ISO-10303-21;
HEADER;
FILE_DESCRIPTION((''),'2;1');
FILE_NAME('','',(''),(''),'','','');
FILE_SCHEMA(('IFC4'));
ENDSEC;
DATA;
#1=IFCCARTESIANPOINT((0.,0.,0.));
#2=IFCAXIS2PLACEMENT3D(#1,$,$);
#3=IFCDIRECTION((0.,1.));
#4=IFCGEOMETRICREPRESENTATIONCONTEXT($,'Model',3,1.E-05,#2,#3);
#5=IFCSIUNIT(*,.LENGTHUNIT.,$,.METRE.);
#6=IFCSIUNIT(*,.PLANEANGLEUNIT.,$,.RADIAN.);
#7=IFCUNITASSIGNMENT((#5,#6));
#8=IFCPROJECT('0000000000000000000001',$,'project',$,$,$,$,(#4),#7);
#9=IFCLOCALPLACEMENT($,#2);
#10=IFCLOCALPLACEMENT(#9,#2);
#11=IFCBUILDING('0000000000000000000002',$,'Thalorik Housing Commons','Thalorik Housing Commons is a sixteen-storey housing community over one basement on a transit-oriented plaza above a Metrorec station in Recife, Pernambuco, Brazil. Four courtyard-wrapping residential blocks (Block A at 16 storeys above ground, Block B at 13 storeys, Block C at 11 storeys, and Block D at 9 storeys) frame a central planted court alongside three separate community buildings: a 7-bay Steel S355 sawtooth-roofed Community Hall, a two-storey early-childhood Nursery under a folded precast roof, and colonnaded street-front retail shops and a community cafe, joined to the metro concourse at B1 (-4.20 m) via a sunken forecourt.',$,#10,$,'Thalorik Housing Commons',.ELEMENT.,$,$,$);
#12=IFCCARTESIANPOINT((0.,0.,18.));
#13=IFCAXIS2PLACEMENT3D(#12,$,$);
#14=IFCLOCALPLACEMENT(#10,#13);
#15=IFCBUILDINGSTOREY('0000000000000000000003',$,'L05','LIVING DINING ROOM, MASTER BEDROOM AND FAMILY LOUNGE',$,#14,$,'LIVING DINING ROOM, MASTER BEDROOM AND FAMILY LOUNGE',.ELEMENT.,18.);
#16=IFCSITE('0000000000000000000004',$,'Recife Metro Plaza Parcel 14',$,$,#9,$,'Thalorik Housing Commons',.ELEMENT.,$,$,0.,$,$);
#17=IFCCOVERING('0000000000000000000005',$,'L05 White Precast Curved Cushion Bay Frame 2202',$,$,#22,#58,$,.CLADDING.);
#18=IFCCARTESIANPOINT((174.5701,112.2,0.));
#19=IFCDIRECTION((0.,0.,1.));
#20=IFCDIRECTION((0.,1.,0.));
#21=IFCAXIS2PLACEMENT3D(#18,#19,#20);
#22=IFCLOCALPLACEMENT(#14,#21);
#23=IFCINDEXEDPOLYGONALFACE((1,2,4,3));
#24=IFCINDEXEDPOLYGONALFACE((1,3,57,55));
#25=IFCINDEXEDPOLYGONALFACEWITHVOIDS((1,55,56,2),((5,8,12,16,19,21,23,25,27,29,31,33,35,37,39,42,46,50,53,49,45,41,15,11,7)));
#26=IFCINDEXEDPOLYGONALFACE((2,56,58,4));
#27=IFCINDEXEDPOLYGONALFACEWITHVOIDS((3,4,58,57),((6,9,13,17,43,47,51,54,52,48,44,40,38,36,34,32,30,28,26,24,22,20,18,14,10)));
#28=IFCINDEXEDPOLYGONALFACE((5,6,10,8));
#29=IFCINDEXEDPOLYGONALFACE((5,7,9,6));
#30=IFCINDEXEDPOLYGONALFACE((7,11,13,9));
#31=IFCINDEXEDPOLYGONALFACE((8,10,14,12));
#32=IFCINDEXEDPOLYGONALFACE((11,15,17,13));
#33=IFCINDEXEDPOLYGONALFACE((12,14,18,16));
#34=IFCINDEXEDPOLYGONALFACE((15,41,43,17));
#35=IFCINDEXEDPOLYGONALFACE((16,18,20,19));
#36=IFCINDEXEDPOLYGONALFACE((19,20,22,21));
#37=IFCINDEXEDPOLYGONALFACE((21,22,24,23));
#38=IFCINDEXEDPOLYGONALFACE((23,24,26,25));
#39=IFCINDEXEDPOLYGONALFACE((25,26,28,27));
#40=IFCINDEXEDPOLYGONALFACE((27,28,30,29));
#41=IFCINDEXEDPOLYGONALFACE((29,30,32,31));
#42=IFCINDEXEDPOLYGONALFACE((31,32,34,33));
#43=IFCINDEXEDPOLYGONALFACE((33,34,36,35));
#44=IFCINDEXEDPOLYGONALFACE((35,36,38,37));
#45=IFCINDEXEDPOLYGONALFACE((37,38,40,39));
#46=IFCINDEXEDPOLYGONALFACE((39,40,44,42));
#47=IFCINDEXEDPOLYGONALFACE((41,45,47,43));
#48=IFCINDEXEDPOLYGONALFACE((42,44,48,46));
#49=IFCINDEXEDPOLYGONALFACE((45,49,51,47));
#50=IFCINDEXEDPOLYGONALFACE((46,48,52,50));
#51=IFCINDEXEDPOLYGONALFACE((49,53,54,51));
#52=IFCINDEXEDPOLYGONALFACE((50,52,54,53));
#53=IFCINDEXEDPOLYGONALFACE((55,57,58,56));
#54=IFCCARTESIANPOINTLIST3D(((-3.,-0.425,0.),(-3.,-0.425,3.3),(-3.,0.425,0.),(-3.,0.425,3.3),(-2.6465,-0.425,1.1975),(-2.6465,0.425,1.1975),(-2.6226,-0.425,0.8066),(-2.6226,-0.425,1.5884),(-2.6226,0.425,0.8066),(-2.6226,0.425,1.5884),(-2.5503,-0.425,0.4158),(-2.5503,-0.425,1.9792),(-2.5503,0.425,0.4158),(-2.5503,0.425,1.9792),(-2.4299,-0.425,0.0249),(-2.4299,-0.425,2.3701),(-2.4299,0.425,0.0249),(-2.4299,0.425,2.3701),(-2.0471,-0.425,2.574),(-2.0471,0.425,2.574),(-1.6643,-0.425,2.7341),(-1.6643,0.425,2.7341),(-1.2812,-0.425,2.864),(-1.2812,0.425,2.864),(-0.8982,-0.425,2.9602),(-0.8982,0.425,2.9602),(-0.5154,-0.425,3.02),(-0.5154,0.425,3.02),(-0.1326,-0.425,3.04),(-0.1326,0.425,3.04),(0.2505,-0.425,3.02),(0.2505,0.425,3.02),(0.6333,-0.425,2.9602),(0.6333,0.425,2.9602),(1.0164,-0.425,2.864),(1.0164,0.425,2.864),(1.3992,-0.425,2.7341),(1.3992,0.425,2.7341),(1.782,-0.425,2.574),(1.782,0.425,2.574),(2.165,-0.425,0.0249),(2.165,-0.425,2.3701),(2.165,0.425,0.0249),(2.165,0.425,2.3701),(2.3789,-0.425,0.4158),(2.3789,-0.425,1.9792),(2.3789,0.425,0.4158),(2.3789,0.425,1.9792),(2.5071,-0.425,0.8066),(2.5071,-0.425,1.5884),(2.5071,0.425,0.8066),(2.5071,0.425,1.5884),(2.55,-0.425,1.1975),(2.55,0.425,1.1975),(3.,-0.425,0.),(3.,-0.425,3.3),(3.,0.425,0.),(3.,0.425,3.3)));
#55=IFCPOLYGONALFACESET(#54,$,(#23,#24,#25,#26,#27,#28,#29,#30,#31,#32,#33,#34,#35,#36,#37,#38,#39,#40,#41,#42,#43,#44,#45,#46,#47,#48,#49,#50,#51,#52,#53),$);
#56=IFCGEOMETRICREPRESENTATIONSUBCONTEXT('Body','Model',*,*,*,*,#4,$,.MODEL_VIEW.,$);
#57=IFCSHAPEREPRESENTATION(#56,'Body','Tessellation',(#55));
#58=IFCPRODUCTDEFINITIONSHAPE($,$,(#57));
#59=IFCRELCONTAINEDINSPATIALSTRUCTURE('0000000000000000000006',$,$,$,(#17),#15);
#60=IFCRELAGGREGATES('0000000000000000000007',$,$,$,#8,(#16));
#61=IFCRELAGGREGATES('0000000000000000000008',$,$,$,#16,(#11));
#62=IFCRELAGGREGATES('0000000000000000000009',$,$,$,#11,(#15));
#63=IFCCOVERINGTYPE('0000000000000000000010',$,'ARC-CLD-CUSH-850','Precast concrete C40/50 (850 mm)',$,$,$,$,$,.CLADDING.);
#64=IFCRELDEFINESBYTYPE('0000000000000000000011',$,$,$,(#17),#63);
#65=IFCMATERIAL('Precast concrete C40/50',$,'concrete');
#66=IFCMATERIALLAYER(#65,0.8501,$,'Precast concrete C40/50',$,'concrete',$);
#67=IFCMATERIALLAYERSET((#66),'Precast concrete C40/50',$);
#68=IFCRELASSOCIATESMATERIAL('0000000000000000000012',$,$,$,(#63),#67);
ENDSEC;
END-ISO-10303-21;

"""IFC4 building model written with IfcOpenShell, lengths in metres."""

from ifc_helpers import new_model, si_unit, direction, frame, origin, place, context, subcontext, project, spatial, polyline, outline, extrude, material, layer, layer_set, type_object, element, save


model = new_model("IFC4")

# Units and contexts
model_context = context("Model", 3, precision=1e-05, world=origin(), true_north=direction((0.0, 1.0)))
body_context = subcontext(model_context, "Body", "Model", "MODEL_VIEW")
ifc_project = project(units=[si_unit("LENGTHUNIT", "METRE"), si_unit("PLANEANGLEUNIT", "RADIAN")], contexts=[model_context])

# Site, building, storey
site_placement = place(None, origin())
site = spatial("IfcSite", under=ifc_project, at=site_placement, Name="Recife Metro Plaza Parcel 14", LongName="Thalorik Housing Commons", CompositionType="ELEMENT", RefElevation=0.0)
building_placement = place(site_placement, origin())
building = spatial("IfcBuilding", under=site, at=building_placement, Name="Thalorik Housing Commons", Description="Thalorik Housing Commons is a sixteen-storey housing community over one basement on a transit-oriented plaza above a Metrorec station in Recife, Pernambuco, Brazil. Four courtyard-wrapping residential blocks (Block A at 16 storeys above ground, Block B at 13 storeys, Block C at 11 storeys, and Block D at 9 storeys) frame a central planted court alongside three separate community buildings: a 7-bay Steel S355 sawtooth-roofed Community Hall, a two-storey early-childhood Nursery under a folded precast roof, and colonnaded street-front retail shops and a community cafe, joined to the metro concourse at B1 (-4.20 m) via a sunken forecourt.", LongName="Thalorik Housing Commons", CompositionType="ELEMENT")
storey_placement = place(building_placement, frame((0.0, 0.0, 18.0)))
storey = spatial("IfcBuildingStorey", under=building, at=storey_placement, Name="L05", Description="LIVING DINING ROOM, MASTER BEDROOM AND FAMILY LOUNGE", LongName="LIVING DINING ROOM, MASTER BEDROOM AND FAMILY LOUNGE", CompositionType="ELEMENT", Elevation=18.0)

# Shared definitions
ifc_material_1 = material(Name="Precast concrete C40/50", Category="concrete")

# Covering
ifc_layer_1 = layer(ifc_material_1, 0.8501, Name="Precast concrete C40/50", Category="concrete")
ifc_layer_set_1 = layer_set([ifc_layer_1], Name="Precast concrete C40/50")
covering_type_1 = type_object("IfcCoveringType", Name="ARC-CLD-CUSH-850", Description="Precast concrete C40/50 (850 mm)", PredefinedType="CLADDING", material=ifc_layer_set_1)
covering_1_placement = place(storey_placement, frame((174.5701, 112.2, 0.0), z_axis=(0.0, 0.0, 1.0), x_axis=(0.0, 1.0, 0.0)))
element("IfcCovering", 1, at=covering_1_placement, inside=storey, type_object=covering_type_1, Name="L05 White Precast Curved Cushion Bay Frame 2202", PredefinedType="CLADDING", context=body_context, shape_type="SweptSolid", body=[
    extrude(outline(polyline([(-3.0, 0.0), (3.0, 0.0), (3.0, 3.3), (-3.0, 3.3), (-3.0, 0.0)]), holes=[polyline([(2.165, 0.0249), (2.3789, 0.4158), (2.5071, 0.8066), (2.55, 1.1975), (2.5071, 1.5884), (2.3789, 1.9792), (2.165, 2.3701), (1.782, 2.574), (1.3992, 2.7341), (1.0164, 2.864), (0.6333, 2.9602), (0.2505, 3.02), (-0.1326, 3.04), (-0.5154, 3.02), (-0.8982, 2.9602), (-1.2812, 2.864), (-1.6643, 2.7341), (-2.0471, 2.574), (-2.4299, 2.3701), (-2.5503, 1.9792), (-2.6226, 1.5884), (-2.6465, 1.1975), (-2.6226, 0.8066), (-2.5503, 0.4158), (-2.4299, 0.0249), (2.165, 0.0249)])]), frame((0.0, 0.425, 0.0), z_axis=(0.0, -1.0, 0.0), x_axis=(1.0, 0.0, 0.0)), (0.0, 0.0, 1.0), 0.8501),
])

save(model, "model.ifc")
